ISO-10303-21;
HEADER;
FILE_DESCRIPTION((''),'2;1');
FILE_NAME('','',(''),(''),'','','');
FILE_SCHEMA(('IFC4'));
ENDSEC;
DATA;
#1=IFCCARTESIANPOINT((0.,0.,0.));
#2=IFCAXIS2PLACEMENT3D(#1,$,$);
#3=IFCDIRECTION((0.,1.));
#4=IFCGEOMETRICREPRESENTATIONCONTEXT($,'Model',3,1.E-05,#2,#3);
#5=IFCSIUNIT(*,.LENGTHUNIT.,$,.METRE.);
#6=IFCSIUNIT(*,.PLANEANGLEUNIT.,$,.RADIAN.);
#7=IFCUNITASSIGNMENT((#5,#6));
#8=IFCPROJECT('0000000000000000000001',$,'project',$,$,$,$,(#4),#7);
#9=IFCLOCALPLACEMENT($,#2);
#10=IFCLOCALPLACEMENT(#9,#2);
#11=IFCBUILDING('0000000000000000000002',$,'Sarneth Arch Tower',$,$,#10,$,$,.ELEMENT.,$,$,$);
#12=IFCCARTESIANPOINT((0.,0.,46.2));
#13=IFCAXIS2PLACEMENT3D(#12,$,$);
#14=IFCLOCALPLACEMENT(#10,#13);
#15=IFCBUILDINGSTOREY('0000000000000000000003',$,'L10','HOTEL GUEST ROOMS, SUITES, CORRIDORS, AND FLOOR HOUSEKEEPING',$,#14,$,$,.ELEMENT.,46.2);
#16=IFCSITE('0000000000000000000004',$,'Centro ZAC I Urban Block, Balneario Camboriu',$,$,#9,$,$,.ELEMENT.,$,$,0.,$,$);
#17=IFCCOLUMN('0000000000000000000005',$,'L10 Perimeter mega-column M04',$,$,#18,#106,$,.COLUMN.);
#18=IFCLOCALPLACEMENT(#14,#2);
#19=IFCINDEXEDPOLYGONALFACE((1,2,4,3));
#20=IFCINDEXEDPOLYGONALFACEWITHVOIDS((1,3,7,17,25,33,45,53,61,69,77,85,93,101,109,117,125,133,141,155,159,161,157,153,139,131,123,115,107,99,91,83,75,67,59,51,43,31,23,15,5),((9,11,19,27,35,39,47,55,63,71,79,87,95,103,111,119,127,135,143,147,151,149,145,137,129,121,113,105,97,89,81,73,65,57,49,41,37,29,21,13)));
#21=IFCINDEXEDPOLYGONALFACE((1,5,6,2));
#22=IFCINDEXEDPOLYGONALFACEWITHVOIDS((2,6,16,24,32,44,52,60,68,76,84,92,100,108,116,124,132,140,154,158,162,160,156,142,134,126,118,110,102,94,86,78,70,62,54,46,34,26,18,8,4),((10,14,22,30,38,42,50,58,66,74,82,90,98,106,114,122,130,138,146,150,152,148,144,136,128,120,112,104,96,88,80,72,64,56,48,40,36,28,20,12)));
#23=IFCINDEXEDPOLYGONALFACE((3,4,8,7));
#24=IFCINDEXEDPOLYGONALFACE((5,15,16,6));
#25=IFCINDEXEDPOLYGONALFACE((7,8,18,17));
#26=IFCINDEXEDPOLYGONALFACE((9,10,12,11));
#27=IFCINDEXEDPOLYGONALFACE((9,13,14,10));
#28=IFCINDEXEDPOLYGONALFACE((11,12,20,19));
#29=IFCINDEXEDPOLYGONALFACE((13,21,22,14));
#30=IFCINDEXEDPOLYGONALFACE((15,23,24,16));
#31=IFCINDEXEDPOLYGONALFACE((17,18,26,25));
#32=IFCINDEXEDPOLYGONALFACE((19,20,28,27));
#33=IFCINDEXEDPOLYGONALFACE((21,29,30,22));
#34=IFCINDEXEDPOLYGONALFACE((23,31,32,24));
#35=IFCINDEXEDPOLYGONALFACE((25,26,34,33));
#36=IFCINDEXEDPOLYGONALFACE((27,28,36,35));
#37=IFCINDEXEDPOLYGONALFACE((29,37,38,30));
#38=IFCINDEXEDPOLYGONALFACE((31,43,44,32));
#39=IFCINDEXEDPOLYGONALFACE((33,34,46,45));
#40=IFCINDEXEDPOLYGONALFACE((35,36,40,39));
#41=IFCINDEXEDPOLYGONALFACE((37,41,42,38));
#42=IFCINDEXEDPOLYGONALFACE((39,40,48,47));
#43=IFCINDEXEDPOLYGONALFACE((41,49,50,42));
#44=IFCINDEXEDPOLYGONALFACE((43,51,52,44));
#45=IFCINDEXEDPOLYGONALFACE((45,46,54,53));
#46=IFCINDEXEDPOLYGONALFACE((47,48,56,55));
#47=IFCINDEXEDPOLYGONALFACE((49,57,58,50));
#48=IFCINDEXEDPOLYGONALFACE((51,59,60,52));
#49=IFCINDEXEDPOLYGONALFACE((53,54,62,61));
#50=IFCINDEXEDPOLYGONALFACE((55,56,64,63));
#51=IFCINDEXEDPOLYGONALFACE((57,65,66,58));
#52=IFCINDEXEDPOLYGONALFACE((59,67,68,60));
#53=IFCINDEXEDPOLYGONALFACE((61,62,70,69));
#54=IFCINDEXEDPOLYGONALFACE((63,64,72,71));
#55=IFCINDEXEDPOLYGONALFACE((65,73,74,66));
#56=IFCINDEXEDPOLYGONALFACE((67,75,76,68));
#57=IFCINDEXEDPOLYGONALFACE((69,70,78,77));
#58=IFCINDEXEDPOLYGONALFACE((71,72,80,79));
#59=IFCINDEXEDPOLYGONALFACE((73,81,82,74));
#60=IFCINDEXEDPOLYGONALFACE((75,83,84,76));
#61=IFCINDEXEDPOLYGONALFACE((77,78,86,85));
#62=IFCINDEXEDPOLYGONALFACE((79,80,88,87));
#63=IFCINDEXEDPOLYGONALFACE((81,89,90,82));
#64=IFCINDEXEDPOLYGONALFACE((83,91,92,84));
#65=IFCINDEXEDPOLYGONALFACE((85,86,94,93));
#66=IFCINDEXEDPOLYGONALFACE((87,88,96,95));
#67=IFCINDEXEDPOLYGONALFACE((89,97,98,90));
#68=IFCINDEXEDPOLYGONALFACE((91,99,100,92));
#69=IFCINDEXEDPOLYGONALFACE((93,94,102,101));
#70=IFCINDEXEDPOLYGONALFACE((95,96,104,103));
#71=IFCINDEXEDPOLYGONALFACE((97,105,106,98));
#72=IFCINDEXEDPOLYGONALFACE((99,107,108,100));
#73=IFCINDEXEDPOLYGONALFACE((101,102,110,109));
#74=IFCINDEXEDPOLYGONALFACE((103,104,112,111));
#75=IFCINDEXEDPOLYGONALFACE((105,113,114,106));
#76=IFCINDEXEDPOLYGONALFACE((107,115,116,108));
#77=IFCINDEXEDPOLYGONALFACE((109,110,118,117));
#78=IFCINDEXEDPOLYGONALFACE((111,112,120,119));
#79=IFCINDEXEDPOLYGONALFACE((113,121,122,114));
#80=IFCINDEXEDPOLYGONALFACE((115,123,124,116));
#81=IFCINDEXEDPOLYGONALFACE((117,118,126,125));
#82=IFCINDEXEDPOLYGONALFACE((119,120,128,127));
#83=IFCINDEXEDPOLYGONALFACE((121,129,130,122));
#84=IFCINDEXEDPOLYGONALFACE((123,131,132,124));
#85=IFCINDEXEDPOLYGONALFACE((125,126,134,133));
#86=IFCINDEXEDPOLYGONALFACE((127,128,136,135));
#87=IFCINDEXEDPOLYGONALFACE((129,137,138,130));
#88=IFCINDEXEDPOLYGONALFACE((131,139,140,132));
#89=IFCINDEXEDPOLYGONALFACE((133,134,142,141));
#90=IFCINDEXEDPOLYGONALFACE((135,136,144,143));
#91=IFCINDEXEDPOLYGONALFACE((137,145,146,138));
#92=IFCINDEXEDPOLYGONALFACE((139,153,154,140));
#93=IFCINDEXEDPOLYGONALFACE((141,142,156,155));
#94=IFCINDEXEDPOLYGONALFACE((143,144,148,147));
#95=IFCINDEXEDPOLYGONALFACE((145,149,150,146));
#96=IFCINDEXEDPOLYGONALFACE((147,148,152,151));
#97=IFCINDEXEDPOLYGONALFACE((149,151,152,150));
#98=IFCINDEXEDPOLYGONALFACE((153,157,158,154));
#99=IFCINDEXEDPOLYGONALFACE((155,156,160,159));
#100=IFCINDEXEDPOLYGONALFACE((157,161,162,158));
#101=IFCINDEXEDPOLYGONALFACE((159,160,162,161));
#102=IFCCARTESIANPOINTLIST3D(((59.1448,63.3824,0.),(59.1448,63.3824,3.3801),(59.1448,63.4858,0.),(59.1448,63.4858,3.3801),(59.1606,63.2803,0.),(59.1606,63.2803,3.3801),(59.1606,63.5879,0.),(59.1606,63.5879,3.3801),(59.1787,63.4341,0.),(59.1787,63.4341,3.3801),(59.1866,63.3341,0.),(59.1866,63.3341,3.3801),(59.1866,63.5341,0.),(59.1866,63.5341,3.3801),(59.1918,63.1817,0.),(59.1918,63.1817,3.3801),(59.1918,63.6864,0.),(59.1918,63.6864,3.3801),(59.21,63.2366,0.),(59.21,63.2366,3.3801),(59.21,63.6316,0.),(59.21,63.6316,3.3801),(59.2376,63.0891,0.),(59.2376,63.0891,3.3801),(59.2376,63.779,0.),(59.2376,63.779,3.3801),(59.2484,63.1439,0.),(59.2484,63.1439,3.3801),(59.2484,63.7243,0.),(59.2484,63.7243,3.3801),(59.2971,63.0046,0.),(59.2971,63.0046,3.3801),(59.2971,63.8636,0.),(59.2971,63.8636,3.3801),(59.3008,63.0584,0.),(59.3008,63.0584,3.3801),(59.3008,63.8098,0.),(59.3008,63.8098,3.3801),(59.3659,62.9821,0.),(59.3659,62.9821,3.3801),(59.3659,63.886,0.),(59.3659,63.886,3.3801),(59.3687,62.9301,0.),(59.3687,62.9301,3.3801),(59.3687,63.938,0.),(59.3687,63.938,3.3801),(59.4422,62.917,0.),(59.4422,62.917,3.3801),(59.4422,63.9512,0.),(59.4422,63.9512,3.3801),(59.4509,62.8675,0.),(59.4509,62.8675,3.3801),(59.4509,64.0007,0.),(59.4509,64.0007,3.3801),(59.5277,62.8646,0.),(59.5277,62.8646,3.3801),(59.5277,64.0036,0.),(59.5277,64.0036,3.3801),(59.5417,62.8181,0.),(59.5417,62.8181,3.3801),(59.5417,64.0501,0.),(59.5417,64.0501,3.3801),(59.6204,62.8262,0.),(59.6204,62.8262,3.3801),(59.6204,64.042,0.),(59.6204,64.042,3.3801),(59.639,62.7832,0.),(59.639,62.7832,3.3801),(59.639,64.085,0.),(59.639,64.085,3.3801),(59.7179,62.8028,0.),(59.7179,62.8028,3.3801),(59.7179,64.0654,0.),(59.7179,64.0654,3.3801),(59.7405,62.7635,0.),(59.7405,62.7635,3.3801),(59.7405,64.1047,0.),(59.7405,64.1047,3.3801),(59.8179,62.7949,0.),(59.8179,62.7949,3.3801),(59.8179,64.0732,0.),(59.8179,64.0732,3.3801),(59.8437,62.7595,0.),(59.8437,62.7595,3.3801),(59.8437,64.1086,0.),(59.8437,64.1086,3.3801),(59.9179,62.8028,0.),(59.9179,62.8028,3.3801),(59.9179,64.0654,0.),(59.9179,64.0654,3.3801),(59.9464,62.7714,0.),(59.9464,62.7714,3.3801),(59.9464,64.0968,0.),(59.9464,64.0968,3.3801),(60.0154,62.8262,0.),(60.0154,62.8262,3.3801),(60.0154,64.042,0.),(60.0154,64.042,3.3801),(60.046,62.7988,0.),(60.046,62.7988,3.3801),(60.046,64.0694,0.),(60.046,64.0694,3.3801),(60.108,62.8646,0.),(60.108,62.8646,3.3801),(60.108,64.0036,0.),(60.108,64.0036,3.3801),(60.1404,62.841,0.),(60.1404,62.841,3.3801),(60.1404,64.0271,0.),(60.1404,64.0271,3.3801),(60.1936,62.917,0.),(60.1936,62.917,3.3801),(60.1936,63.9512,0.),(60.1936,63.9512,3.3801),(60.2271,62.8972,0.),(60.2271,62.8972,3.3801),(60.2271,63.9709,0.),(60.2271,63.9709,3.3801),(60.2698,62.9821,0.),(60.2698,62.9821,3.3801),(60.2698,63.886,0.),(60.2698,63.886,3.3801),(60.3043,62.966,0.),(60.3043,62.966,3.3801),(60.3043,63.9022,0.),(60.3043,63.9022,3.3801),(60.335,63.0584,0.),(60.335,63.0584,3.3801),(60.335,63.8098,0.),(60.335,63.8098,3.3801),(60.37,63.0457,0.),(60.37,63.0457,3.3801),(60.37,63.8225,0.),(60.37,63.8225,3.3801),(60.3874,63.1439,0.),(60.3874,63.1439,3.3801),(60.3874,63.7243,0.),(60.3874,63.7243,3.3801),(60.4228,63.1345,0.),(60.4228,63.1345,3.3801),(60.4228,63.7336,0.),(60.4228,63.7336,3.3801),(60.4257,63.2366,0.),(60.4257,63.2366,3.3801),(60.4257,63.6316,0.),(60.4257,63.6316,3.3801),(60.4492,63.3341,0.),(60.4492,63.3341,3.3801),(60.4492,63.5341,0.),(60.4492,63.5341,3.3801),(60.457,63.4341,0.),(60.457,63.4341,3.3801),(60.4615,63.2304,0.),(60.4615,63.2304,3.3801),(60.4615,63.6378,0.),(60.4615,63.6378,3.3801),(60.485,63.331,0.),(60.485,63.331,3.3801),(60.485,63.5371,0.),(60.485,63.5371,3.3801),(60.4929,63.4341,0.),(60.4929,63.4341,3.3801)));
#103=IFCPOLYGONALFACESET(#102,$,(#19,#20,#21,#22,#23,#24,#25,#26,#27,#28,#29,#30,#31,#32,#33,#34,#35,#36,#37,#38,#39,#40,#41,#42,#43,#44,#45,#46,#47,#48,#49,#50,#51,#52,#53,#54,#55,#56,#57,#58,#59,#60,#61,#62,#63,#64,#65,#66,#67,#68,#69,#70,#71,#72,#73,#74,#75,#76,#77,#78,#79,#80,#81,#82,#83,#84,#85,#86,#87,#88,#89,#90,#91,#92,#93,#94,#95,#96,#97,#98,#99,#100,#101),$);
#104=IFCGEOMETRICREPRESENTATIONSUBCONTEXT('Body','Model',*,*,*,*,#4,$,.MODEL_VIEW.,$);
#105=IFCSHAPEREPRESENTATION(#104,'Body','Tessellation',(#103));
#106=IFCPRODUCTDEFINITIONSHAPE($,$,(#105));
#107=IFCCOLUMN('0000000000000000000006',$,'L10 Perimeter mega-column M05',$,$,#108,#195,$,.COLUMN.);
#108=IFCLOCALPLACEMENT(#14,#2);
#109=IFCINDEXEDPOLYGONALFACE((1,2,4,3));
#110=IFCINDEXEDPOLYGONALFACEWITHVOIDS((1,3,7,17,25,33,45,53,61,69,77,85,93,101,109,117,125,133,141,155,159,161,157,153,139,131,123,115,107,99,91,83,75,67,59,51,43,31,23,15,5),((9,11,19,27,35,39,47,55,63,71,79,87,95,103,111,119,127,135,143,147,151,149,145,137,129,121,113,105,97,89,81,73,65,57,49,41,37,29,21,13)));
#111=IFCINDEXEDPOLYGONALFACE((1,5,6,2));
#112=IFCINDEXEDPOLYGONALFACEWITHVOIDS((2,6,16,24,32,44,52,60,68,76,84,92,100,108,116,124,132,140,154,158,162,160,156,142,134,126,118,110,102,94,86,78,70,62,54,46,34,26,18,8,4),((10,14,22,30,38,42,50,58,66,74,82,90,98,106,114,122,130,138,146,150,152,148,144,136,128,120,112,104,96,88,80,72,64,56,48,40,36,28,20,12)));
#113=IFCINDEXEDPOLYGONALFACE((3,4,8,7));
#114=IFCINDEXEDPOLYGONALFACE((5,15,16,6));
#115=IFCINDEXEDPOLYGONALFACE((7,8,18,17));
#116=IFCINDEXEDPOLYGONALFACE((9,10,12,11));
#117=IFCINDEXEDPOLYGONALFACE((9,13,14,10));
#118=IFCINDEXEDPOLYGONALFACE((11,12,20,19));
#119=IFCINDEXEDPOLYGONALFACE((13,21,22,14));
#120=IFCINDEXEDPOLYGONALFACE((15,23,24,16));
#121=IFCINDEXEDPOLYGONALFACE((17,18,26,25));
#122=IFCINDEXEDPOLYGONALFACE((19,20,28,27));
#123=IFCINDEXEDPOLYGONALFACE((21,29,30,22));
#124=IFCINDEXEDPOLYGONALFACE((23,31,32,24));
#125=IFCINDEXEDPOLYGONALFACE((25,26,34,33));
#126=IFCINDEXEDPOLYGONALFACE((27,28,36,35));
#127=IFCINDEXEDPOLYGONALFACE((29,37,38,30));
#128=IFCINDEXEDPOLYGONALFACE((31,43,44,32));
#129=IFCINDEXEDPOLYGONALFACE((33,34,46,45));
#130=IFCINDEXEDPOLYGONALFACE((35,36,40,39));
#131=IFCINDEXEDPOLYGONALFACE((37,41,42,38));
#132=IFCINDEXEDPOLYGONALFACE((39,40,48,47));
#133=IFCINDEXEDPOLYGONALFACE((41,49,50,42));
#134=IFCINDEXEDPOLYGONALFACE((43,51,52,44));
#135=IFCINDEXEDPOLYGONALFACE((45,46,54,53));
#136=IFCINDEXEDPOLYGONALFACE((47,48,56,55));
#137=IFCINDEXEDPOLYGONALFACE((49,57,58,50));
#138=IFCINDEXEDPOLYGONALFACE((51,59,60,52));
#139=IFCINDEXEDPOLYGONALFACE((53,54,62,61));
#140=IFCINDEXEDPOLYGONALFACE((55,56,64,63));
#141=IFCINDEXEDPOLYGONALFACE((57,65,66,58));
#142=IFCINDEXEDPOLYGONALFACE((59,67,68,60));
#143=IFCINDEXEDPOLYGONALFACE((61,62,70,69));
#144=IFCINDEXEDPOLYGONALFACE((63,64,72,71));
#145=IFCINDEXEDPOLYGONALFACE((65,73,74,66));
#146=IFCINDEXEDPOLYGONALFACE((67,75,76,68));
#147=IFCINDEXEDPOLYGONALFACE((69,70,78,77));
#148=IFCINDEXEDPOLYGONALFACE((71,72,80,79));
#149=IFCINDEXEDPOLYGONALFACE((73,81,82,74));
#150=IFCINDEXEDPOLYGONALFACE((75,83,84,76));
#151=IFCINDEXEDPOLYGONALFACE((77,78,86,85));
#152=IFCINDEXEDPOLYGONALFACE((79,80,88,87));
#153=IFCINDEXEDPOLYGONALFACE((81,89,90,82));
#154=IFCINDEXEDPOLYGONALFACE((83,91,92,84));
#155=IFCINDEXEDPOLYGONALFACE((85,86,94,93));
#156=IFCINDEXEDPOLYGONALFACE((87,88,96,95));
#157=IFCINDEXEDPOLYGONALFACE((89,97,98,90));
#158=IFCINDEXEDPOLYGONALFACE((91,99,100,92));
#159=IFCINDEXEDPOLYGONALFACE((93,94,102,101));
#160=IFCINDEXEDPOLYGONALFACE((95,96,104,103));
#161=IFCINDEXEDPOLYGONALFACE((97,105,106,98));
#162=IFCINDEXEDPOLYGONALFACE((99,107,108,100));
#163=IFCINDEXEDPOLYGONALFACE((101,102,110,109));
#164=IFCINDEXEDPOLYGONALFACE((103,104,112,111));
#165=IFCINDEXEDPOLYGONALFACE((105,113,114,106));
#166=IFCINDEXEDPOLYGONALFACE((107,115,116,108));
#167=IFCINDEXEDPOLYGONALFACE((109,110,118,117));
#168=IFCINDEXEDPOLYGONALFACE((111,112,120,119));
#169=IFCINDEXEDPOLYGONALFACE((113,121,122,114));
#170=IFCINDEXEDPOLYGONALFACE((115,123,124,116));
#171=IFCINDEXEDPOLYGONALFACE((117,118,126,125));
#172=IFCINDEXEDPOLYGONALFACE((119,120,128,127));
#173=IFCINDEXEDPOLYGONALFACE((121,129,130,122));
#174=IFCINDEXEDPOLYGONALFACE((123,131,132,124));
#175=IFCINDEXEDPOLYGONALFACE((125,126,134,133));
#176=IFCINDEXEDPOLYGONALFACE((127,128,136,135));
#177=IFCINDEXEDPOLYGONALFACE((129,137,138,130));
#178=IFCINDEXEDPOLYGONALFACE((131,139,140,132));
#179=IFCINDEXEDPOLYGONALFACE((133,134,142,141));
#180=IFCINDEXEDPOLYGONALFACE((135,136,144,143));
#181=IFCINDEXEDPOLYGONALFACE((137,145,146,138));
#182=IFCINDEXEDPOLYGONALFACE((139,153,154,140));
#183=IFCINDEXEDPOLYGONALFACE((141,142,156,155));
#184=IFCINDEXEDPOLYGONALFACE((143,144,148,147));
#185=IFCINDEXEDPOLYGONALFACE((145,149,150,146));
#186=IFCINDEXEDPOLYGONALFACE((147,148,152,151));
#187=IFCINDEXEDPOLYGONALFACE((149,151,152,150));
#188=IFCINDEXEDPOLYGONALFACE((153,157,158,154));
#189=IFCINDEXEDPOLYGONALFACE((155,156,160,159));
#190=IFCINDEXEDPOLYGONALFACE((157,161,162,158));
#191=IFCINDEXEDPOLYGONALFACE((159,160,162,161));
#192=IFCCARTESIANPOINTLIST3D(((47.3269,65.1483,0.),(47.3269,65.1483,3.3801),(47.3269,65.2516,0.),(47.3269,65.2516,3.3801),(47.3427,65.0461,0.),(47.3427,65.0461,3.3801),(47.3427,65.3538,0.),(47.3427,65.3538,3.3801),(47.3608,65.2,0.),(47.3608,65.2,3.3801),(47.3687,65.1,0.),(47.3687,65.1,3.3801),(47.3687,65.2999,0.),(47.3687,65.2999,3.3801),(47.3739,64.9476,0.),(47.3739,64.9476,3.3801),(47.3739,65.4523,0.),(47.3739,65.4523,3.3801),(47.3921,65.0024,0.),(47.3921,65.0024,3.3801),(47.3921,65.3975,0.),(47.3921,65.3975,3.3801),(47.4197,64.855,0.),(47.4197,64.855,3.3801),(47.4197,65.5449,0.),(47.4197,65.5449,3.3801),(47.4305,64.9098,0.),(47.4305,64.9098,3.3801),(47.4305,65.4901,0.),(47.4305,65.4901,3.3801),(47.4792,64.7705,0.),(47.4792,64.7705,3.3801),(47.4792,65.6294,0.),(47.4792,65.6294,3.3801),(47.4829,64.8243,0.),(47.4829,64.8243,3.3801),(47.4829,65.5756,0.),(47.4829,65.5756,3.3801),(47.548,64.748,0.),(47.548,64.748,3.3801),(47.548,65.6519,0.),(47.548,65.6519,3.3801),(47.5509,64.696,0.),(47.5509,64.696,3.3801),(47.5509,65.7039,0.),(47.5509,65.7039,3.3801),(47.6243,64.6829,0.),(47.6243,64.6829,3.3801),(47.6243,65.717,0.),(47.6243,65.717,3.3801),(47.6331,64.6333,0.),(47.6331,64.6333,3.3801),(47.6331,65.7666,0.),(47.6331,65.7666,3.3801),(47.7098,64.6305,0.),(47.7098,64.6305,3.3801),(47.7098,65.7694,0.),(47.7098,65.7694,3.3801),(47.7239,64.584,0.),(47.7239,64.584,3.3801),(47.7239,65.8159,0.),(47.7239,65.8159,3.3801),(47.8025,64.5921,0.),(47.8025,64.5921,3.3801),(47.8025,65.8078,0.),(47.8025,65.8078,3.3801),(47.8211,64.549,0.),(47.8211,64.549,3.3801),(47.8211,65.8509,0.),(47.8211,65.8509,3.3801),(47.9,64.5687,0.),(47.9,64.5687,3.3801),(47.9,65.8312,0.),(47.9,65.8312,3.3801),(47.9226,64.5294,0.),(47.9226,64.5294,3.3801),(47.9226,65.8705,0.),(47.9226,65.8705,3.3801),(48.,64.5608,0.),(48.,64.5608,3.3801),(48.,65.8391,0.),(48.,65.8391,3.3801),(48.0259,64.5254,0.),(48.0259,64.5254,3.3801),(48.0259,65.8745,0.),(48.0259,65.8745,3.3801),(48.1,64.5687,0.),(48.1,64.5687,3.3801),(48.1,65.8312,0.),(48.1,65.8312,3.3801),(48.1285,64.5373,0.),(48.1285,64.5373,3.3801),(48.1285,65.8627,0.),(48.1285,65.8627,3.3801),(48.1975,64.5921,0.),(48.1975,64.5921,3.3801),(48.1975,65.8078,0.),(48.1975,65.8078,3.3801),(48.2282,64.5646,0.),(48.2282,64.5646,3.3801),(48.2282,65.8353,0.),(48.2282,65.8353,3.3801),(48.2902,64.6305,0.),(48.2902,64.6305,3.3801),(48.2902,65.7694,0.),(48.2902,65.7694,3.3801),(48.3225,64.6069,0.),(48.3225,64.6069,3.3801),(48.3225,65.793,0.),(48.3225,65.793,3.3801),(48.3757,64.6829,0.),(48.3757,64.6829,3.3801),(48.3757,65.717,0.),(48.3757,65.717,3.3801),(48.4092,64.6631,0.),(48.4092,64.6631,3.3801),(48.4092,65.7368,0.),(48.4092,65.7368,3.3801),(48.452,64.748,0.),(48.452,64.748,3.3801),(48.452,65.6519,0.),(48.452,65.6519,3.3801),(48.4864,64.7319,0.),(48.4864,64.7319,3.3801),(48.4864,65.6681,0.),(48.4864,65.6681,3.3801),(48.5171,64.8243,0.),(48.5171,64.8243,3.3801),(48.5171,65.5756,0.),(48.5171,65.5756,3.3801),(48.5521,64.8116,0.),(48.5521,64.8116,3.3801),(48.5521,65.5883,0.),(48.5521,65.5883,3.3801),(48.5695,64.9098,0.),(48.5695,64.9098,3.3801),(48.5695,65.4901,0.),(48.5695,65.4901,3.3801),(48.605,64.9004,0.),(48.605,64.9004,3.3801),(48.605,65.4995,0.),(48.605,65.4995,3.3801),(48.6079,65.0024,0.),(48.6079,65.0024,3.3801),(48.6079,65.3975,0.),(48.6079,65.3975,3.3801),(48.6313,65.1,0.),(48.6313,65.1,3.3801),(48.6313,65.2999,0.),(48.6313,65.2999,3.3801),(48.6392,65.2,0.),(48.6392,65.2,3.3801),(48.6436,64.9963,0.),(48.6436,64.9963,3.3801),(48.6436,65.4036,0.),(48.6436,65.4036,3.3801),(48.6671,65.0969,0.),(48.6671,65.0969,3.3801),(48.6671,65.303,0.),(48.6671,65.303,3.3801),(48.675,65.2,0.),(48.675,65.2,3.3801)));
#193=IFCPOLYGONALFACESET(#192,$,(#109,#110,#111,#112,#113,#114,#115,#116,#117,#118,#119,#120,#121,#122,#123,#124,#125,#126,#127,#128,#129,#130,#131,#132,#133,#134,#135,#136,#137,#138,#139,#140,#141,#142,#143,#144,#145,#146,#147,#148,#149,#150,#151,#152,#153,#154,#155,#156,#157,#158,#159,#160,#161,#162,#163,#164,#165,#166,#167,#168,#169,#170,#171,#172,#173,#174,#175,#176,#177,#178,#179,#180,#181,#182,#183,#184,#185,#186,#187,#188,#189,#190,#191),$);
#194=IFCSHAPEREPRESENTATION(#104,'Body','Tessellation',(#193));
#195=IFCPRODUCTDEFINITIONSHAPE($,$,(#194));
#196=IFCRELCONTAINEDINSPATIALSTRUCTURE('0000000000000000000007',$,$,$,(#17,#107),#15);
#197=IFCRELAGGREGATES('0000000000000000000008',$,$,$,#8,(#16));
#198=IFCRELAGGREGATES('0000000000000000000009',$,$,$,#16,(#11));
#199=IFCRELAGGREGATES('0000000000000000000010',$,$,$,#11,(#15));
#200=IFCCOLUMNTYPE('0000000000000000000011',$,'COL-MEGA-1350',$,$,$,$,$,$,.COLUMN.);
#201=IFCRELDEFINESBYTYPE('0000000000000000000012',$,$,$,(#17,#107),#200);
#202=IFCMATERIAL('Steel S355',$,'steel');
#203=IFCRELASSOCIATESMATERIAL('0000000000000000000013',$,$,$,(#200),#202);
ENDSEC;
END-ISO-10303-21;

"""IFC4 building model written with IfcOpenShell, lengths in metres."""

from ifc_helpers import new_model, si_unit, direction, frame, origin, origin_2d, place, context, subcontext, project, spatial, hollow_circle, extrude, material, material_profile, profile_set, type_object, element, save


model = new_model("IFC4")

# Units and contexts
model_context = context("Model", 3, precision=1e-05, world=origin(), true_north=direction((0.0, 1.0)))
body_context = subcontext(model_context, "Body", "Model", "MODEL_VIEW")
ifc_project = project(units=[si_unit("LENGTHUNIT", "METRE"), si_unit("PLANEANGLEUNIT", "RADIAN")], contexts=[model_context])

# Site, building, storey
site_placement = place(None, origin())
site = spatial("IfcSite", under=ifc_project, at=site_placement, Name="Centro ZAC I Urban Block, Balneario Camboriu", CompositionType="ELEMENT", RefElevation=0.0)
building_placement = place(site_placement, origin())
building = spatial("IfcBuilding", under=site, at=building_placement, Name="Sarneth Arch Tower", CompositionType="ELEMENT")
storey_placement = place(building_placement, frame((0.0, 0.0, 46.2)))
storey = spatial("IfcBuildingStorey", under=building, at=storey_placement, Name="L10", Description="HOTEL GUEST ROOMS, SUITES, CORRIDORS, AND FLOOR HOUSEKEEPING", CompositionType="ELEMENT", Elevation=46.2)

# Columns
ifc_material_1 = material(Name="Steel S355", Category="steel")
ifc_material_profile_1 = material_profile(ifc_material_1, hollow_circle(Radius=0.675, WallThickness=0.0359, at=origin_2d()), Name="CHS1350x36")
ifc_profile_set_1 = profile_set([ifc_material_profile_1], Name="Steel S355")
column_type = type_object("IfcColumnType", Name="COL-MEGA-1350", PredefinedType="COLUMN", material=ifc_profile_set_1)
for number, where, z_axis, x_axis, name in (
    (1, (59.8179, 63.4341, 0.0), (0.0, 0.0, 1.0), (1.0, 0.0, 0.0), "L10 Perimeter mega-column M04"),
    (2, (48.0, 65.2, 0.0), (0.0, 0.0, 1.0), (1.0, 0.0, 0.0), "L10 Perimeter mega-column M05"),
):
    element("IfcColumn", number, at=place(storey_placement, frame(where, z_axis=z_axis, x_axis=x_axis)), inside=storey, type_object=column_type, Name=name, PredefinedType="COLUMN", context=body_context, shape_type="SweptSolid", body=[
        extrude(hollow_circle(Radius=0.675, WallThickness=0.0359, at=origin_2d()), origin(), (0.0, 0.0, 1.0), 3.3801),
    ])

save(model, "model.ifc")
